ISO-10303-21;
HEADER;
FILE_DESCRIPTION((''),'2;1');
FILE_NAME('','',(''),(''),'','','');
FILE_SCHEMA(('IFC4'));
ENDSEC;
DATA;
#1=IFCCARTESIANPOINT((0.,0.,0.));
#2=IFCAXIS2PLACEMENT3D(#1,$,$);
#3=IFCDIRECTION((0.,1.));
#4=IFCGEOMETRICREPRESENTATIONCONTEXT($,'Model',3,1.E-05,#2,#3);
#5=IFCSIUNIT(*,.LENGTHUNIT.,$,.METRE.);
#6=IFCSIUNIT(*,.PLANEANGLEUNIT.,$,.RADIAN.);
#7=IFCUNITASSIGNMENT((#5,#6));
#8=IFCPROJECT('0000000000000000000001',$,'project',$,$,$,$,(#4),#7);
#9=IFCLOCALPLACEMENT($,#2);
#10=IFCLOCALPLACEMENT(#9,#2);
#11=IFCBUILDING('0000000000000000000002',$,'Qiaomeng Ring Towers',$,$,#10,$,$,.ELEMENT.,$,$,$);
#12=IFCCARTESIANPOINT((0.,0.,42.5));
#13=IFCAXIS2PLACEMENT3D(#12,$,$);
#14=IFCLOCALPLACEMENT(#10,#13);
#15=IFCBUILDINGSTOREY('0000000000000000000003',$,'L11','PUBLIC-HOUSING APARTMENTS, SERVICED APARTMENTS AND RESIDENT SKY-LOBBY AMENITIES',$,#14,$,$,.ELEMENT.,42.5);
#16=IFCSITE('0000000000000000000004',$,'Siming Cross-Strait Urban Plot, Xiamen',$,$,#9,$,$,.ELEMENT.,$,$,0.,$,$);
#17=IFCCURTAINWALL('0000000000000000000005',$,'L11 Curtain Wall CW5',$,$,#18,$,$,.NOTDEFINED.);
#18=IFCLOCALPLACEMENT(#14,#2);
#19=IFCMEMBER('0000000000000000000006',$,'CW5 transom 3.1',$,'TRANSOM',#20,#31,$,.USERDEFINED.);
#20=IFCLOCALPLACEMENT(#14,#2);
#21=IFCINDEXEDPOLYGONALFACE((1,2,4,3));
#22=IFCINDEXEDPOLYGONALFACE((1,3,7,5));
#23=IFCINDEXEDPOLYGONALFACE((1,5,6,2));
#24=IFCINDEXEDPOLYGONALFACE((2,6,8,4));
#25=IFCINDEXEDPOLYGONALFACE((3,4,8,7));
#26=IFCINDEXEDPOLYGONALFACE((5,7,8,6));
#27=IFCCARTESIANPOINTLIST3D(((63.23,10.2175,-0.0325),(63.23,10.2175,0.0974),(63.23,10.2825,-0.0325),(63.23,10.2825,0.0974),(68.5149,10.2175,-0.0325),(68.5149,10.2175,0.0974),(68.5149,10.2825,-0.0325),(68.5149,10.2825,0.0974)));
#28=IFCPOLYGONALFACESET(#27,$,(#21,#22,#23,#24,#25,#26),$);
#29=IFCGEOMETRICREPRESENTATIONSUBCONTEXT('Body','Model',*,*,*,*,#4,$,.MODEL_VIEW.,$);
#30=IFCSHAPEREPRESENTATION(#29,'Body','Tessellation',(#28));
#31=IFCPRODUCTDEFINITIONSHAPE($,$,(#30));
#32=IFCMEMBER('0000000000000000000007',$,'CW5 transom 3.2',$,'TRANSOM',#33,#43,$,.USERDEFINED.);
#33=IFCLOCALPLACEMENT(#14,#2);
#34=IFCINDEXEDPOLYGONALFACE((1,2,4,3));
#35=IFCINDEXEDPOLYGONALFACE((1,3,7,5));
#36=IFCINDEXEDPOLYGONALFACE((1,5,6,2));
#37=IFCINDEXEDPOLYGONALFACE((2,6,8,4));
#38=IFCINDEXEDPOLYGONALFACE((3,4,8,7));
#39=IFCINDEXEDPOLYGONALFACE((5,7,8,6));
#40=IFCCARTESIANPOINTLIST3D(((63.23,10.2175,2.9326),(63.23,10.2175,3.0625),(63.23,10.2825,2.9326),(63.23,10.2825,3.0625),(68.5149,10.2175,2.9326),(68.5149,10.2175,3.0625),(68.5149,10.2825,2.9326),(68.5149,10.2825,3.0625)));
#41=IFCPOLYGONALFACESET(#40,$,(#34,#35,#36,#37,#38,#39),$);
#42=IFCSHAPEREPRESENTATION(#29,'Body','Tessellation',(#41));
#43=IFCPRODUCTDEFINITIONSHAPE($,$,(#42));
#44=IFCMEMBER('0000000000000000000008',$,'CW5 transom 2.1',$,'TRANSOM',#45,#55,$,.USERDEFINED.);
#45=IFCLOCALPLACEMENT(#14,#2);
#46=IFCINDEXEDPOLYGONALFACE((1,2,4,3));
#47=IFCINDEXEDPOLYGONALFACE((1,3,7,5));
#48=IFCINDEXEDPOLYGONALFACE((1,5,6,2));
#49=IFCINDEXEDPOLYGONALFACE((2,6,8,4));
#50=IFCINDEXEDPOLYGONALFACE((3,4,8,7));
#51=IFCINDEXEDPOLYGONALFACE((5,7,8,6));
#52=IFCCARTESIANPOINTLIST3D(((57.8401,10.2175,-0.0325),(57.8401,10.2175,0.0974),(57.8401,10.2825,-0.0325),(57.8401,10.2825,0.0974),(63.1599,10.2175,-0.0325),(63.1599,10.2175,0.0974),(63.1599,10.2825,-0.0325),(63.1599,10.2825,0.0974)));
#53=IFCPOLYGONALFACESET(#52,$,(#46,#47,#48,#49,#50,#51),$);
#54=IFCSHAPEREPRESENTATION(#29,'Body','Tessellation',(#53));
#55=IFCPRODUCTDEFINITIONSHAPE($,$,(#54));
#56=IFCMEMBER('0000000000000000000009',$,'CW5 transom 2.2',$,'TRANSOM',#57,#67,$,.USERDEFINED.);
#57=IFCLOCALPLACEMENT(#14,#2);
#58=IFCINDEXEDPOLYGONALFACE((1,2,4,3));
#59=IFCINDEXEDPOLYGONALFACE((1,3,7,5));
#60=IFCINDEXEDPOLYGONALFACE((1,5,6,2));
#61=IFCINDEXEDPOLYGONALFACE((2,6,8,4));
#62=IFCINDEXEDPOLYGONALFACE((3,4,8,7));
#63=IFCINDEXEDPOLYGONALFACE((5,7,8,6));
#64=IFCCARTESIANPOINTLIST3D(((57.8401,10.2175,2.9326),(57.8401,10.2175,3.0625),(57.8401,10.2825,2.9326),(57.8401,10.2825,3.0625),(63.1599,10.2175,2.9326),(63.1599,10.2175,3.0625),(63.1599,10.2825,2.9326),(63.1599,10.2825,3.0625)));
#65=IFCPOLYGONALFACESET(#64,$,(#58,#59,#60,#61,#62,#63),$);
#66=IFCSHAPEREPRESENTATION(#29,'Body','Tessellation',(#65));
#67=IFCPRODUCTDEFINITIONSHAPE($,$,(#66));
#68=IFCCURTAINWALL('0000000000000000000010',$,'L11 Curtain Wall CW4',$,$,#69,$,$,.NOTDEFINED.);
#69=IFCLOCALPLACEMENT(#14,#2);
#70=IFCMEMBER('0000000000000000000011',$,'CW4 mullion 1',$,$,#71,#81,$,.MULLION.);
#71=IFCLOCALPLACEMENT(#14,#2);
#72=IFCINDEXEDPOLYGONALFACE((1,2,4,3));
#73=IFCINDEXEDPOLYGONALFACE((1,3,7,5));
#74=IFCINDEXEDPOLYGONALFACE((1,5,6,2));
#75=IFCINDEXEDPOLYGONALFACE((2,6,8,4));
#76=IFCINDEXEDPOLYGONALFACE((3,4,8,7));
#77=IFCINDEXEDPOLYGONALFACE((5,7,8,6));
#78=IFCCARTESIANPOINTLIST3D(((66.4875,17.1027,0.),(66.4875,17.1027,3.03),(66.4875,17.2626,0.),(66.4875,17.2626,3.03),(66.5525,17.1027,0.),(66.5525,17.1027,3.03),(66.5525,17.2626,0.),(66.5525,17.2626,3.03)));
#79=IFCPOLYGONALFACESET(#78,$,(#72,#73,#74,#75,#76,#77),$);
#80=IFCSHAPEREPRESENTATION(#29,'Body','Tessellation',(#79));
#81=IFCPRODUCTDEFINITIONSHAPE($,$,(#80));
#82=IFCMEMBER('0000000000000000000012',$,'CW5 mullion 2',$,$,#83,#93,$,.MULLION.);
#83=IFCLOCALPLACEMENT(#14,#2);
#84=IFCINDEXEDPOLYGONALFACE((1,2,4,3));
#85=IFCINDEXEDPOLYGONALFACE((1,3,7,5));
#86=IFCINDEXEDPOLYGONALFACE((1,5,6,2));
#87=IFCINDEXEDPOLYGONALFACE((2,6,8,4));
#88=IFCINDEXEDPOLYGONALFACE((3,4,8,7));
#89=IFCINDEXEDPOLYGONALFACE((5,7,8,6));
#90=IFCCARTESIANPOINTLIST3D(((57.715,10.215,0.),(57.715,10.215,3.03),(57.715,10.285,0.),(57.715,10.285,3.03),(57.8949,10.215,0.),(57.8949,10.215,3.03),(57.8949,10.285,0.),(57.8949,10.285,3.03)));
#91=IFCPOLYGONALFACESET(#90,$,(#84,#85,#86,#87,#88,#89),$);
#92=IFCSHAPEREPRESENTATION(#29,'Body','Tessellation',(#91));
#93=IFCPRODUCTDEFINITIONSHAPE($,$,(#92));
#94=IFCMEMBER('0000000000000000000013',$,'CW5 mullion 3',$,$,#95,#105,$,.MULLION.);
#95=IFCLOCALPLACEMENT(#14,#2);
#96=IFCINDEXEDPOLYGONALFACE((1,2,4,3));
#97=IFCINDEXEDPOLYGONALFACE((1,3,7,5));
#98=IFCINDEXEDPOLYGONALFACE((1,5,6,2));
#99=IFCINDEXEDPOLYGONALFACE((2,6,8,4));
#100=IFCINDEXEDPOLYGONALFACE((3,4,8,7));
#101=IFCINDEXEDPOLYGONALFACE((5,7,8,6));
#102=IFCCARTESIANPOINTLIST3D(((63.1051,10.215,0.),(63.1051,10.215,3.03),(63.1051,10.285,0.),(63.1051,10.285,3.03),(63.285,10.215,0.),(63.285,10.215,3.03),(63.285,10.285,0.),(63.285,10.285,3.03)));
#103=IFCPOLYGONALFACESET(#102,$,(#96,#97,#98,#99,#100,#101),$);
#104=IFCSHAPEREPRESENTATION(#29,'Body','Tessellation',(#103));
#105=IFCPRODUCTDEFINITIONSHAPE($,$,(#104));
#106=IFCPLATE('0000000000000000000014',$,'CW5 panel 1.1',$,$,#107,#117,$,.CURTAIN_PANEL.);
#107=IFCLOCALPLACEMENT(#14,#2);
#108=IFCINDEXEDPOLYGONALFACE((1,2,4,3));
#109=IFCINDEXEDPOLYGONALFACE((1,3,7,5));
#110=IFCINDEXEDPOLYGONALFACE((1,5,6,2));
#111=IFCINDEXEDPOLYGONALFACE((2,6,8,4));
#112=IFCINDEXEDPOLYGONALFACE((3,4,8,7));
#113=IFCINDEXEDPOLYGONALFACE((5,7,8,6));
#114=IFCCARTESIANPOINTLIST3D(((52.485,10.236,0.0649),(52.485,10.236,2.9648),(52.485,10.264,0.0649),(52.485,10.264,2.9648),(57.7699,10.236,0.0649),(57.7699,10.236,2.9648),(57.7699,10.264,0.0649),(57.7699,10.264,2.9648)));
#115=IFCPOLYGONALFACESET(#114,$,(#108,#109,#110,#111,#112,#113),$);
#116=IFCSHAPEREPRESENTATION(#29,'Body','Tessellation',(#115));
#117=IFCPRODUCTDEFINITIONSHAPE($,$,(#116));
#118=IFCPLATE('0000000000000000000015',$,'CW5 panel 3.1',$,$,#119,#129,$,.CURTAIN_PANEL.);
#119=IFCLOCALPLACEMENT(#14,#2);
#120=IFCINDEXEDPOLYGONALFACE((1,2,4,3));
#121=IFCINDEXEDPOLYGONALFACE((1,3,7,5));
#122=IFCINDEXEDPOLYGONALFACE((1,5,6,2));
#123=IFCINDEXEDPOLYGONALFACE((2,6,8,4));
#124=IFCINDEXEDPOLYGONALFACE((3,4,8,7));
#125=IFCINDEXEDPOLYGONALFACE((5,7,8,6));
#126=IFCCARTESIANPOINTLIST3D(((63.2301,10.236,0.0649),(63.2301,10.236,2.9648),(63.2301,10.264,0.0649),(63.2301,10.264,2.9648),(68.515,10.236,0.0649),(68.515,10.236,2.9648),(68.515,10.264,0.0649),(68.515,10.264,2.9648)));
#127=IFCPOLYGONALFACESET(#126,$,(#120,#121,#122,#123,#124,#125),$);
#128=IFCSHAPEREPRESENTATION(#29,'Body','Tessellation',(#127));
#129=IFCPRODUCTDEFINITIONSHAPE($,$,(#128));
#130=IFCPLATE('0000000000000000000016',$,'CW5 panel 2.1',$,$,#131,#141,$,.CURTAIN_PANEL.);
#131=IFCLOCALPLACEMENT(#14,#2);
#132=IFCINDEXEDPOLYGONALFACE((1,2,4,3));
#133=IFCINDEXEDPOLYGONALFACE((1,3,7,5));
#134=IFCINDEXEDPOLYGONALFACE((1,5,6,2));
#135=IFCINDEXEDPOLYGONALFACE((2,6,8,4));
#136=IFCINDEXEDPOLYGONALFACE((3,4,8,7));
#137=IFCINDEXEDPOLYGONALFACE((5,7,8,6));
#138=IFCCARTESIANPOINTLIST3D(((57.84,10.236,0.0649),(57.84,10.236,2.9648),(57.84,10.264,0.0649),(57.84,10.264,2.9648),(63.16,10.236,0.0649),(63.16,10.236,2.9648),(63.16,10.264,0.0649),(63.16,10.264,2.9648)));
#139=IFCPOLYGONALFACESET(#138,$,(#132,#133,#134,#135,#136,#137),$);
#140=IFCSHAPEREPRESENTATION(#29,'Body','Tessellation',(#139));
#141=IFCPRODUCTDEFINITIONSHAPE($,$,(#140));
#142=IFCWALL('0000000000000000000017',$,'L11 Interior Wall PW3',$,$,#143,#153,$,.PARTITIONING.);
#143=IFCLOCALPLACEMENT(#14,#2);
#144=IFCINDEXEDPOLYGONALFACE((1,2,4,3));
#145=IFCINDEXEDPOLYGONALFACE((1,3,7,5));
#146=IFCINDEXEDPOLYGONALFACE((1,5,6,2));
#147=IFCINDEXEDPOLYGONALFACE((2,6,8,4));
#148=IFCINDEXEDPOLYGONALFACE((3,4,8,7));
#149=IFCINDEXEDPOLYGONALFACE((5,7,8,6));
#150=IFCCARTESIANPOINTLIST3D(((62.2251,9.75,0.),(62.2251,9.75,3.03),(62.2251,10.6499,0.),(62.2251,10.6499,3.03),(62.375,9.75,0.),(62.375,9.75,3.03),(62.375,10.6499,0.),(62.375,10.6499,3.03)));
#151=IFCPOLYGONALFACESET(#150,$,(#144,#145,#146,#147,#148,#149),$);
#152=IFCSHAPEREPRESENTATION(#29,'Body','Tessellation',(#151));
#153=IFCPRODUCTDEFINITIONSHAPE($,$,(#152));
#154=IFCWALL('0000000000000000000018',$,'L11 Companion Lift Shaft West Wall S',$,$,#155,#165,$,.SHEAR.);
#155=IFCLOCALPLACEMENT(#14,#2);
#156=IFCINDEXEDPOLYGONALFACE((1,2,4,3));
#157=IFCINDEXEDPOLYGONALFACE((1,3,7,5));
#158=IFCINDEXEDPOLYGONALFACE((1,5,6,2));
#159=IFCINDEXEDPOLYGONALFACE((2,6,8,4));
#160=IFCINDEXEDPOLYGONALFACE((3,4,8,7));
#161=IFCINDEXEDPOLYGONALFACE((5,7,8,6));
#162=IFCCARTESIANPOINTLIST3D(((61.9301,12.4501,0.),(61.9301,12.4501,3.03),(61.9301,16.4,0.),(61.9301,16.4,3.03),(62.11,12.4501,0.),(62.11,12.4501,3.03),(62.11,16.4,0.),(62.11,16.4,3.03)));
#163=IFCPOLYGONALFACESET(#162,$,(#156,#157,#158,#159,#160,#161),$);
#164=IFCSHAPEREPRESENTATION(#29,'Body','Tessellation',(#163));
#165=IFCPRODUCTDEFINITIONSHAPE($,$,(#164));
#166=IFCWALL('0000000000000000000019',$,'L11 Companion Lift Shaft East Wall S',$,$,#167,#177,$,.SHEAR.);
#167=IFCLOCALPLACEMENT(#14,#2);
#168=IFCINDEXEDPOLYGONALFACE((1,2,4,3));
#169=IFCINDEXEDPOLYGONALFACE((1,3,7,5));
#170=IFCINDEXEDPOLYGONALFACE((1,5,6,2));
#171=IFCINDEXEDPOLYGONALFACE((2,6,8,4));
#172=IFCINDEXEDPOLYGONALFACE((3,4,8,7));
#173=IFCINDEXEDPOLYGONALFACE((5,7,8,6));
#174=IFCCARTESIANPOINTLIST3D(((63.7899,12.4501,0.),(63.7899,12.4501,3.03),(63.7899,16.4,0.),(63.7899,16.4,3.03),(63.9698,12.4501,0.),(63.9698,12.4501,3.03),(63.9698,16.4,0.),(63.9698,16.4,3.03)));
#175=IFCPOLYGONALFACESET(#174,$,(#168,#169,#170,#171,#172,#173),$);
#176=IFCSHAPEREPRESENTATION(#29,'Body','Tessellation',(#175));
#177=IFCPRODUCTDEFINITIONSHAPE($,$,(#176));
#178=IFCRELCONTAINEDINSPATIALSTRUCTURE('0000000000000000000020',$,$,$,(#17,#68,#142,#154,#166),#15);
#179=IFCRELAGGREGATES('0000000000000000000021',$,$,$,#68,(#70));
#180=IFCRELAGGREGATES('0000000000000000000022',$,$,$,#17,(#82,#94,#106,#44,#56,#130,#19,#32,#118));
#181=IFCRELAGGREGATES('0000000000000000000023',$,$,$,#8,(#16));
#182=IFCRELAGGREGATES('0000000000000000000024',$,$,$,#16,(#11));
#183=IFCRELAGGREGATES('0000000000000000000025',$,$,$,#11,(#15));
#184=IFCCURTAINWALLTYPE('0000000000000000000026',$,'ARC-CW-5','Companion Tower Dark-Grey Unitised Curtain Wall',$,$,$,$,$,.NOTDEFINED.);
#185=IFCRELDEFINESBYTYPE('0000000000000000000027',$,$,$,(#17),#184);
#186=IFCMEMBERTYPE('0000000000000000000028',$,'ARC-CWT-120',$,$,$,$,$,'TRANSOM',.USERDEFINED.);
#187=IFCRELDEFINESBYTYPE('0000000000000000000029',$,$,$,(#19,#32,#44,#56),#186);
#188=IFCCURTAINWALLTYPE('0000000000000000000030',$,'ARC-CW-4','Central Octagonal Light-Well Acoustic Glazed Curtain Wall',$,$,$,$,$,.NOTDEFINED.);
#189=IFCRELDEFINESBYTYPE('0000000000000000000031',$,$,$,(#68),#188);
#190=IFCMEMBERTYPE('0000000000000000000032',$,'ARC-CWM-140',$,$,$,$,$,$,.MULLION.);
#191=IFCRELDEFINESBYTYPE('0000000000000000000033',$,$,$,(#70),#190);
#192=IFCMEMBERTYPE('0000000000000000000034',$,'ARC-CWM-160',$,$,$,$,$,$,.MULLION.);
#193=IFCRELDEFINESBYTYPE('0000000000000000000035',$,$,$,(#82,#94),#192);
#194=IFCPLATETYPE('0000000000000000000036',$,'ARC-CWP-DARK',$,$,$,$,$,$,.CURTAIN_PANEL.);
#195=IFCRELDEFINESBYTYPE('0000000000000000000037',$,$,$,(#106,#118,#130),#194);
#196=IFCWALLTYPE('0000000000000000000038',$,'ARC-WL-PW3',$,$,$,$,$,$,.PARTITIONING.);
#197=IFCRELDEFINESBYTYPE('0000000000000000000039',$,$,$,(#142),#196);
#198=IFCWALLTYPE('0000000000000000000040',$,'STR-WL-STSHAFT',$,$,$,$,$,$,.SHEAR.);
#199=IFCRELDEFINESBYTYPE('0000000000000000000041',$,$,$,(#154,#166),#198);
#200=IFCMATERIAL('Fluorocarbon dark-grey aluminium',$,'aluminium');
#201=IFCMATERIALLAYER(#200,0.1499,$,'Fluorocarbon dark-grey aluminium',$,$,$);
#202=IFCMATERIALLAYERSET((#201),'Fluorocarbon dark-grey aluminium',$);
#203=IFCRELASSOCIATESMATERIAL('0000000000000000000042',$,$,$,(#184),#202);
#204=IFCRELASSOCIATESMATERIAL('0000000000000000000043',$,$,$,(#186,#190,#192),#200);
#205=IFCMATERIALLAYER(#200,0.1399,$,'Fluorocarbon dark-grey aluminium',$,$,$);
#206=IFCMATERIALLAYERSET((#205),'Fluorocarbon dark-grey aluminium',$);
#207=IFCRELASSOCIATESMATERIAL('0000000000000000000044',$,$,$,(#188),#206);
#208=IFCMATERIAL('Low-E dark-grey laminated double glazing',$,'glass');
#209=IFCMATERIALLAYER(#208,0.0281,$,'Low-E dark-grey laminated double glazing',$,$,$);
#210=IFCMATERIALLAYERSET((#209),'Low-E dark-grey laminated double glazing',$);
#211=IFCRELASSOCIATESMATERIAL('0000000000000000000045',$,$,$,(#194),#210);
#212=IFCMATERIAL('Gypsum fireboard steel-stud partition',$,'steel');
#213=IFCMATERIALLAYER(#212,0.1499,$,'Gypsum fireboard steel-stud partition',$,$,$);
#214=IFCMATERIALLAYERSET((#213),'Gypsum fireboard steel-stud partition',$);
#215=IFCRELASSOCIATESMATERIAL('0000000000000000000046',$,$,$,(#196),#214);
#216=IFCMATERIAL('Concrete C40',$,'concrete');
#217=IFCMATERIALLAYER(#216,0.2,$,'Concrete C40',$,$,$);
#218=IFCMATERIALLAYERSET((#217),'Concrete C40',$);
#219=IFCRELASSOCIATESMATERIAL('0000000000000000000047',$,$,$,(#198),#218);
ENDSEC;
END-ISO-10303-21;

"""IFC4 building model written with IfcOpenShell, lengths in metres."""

from ifc_helpers import new_model, si_unit, direction, frame, frame_2d, origin, origin_2d, place, context, subcontext, project, spatial, rectangle, extrude, source, transform, mapped, material, layer, layer_set, material_profile, profile_set, type_object, element, aggregate, save


model = new_model("IFC4")

# Units and contexts
model_context = context("Model", 3, precision=1e-05, world=origin(), true_north=direction((0.0, 1.0)))
body_context = subcontext(model_context, "Body", "Model", "MODEL_VIEW")
ifc_project = project(units=[si_unit("LENGTHUNIT", "METRE"), si_unit("PLANEANGLEUNIT", "RADIAN")], contexts=[model_context])

# Site, building, storey
site_placement = place(None, origin())
site = spatial("IfcSite", under=ifc_project, at=site_placement, Name="Siming Cross-Strait Urban Plot, Xiamen", CompositionType="ELEMENT", RefElevation=0.0)
building_placement = place(site_placement, origin())
building = spatial("IfcBuilding", under=site, at=building_placement, Name="Qiaomeng Ring Towers", CompositionType="ELEMENT")
storey_placement = place(building_placement, frame((0.0, 0.0, 42.5)))
storey = spatial("IfcBuildingStorey", under=building, at=storey_placement, Name="L11", Description="PUBLIC-HOUSING APARTMENTS, SERVICED APARTMENTS AND RESIDENT SKY-LOBBY AMENITIES", CompositionType="ELEMENT", Elevation=42.5)

# Curtain wall, members
ifc_material_1 = material(Name="Fluorocarbon dark-grey aluminium", Category="aluminium")
ifc_layer_1 = layer(ifc_material_1, 0.1499, Name="Fluorocarbon dark-grey aluminium")
ifc_layer_set_1 = layer_set([ifc_layer_1], Name="Fluorocarbon dark-grey aluminium")
curtain_wall_type_1 = type_object("IfcCurtainWallType", Name="ARC-CW-5", Description="Companion Tower Dark-Grey Unitised Curtain Wall", PredefinedType="NOTDEFINED", material=ifc_layer_set_1)
curtain_wall_1_placement = place(storey_placement, origin())
curtain_wall_1 = element("IfcCurtainWall", 1, at=curtain_wall_1_placement, inside=storey, type_object=curtain_wall_type_1, Name="L11 Curtain Wall CW5", PredefinedType="NOTDEFINED")
ifc_material_profile_1 = material_profile(ifc_material_1, rectangle(XDim=0.0649, YDim=0.1299, at=origin_2d()), Name="ALU TRAN 65x130")
ifc_profile_set_1 = profile_set([ifc_material_profile_1], Name="Fluorocarbon dark-grey aluminium")
member_type_1 = type_object("IfcMemberType", Name="ARC-CWT-120", ElementType="TRANSOM", PredefinedType="USERDEFINED", material=ifc_profile_set_1)
shared_shape_1 = source(origin(), body_context, "Body", "SweptSolid", [
    extrude(rectangle(XDim=0.0649, YDim=0.1299, at=origin_2d()), origin(), (0.0, 0.0, 1.0), 5.2849),
])
member_1_placement = place(storey_placement, frame((63.23, 10.25, 0.0325), z_axis=(1.0, 0.0, 0.0), x_axis=(0.0, 1.0, 0.0)))
member_1 = element("IfcMember", 2, at=member_1_placement, type_object=member_type_1, Name="CW5 transom 3.1", ObjectType="TRANSOM", PredefinedType="USERDEFINED", context=body_context, shape_type="MappedRepresentation", body=[
    mapped(shared_shape_1, transform((0.0, 0.0, 0.0), x_axis=(1.0, 0.0, 0.0), y_axis=(0.0, 1.0, 0.0), z_axis=(0.0, 0.0, 1.0), scale=1.0)),
])
member_2_placement = place(storey_placement, frame((63.23, 10.25, 2.9976), z_axis=(1.0, 0.0, 0.0), x_axis=(0.0, 1.0, 0.0)))
member_2 = element("IfcMember", 3, at=member_2_placement, type_object=member_type_1, Name="CW5 transom 3.2", ObjectType="TRANSOM", PredefinedType="USERDEFINED", context=body_context, shape_type="MappedRepresentation", body=[
    mapped(shared_shape_1, transform((0.0, 0.0, 0.0), x_axis=(1.0, 0.0, 0.0), y_axis=(0.0, 1.0, 0.0), z_axis=(0.0, 0.0, 1.0), scale=1.0)),
])
shared_shape_2 = source(origin(), body_context, "Body", "SweptSolid", [
    extrude(rectangle(XDim=0.0649, YDim=0.1299, at=origin_2d()), origin(), (0.0, 0.0, 1.0), 5.3198),
])
member_3_placement = place(storey_placement, frame((57.8401, 10.25, 0.0325), z_axis=(1.0, 0.0, 0.0), x_axis=(0.0, 1.0, 0.0)))
member_3 = element("IfcMember", 4, at=member_3_placement, type_object=member_type_1, Name="CW5 transom 2.1", ObjectType="TRANSOM", PredefinedType="USERDEFINED", context=body_context, shape_type="MappedRepresentation", body=[
    mapped(shared_shape_2, transform((0.0, 0.0, 0.0), x_axis=(1.0, 0.0, 0.0), y_axis=(0.0, 1.0, 0.0), z_axis=(0.0, 0.0, 1.0), scale=1.0)),
])
member_4_placement = place(storey_placement, frame((57.8401, 10.25, 2.9976), z_axis=(1.0, 0.0, 0.0), x_axis=(0.0, 1.0, 0.0)))
member_4 = element("IfcMember", 5, at=member_4_placement, type_object=member_type_1, Name="CW5 transom 2.2", ObjectType="TRANSOM", PredefinedType="USERDEFINED", context=body_context, shape_type="MappedRepresentation", body=[
    mapped(shared_shape_2, transform((0.0, 0.0, 0.0), x_axis=(1.0, 0.0, 0.0), y_axis=(0.0, 1.0, 0.0), z_axis=(0.0, 0.0, 1.0), scale=1.0)),
])

# Curtain wall, member
ifc_layer_2 = layer(ifc_material_1, 0.1399, Name="Fluorocarbon dark-grey aluminium")
ifc_layer_set_2 = layer_set([ifc_layer_2], Name="Fluorocarbon dark-grey aluminium")
curtain_wall_type_2 = type_object("IfcCurtainWallType", Name="ARC-CW-4", Description="Central Octagonal Light-Well Acoustic Glazed Curtain Wall", PredefinedType="NOTDEFINED", material=ifc_layer_set_2)
curtain_wall_2_placement = place(storey_placement, origin())
curtain_wall_2 = element("IfcCurtainWall", 6, at=curtain_wall_2_placement, inside=storey, type_object=curtain_wall_type_2, Name="L11 Curtain Wall CW4", PredefinedType="NOTDEFINED")
ifc_material_profile_2 = material_profile(ifc_material_1, rectangle(XDim=0.0649, YDim=0.1599, at=origin_2d()), Name="ALU MULL 65x160")
ifc_profile_set_2 = profile_set([ifc_material_profile_2], Name="Fluorocarbon dark-grey aluminium")
member_type_2 = type_object("IfcMemberType", Name="ARC-CWM-140", PredefinedType="MULLION", material=ifc_profile_set_2)
shared_shape_3 = source(origin(), body_context, "Body", "SweptSolid", [
    extrude(rectangle(XDim=0.0649, YDim=0.1599, at=origin_2d()), origin(), (0.0, 0.0, 1.0), 3.03),
])
member_5_placement = place(storey_placement, frame((66.52, 17.1826, 0.0), z_axis=(0.0, 0.0, 1.0), x_axis=(-1.0, 0.0, 0.0)))
member_5 = element("IfcMember", 7, at=member_5_placement, type_object=member_type_2, Name="CW4 mullion 1", PredefinedType="MULLION", context=body_context, shape_type="MappedRepresentation", body=[
    mapped(shared_shape_3, transform((0.0, 0.0, 0.0), x_axis=(1.0, 0.0, 0.0), y_axis=(0.0, 1.0, 0.0), z_axis=(0.0, 0.0, 1.0), scale=1.0)),
])
aggregate(curtain_wall_2, [member_5])

# Members
ifc_material_profile_3 = material_profile(ifc_material_1, rectangle(XDim=0.0701, YDim=0.1799, at=origin_2d()), Name="ALU MULL 70x180")
ifc_profile_set_3 = profile_set([ifc_material_profile_3], Name="Fluorocarbon dark-grey aluminium")
member_type_3 = type_object("IfcMemberType", Name="ARC-CWM-160", PredefinedType="MULLION", material=ifc_profile_set_3)
shared_shape_4 = source(origin(), body_context, "Body", "SweptSolid", [
    extrude(rectangle(XDim=0.0701, YDim=0.1799, at=origin_2d()), origin(), (0.0, 0.0, 1.0), 3.03),
])
member_6_placement = place(storey_placement, frame((57.8049, 10.25, 0.0), z_axis=(0.0, 0.0, 1.0), x_axis=(0.0, 1.0, 0.0)))
member_6 = element("IfcMember", 8, at=member_6_placement, type_object=member_type_3, Name="CW5 mullion 2", PredefinedType="MULLION", context=body_context, shape_type="MappedRepresentation", body=[
    mapped(shared_shape_4, transform((0.0, 0.0, 0.0), x_axis=(1.0, 0.0, 0.0), y_axis=(0.0, 1.0, 0.0), z_axis=(0.0, 0.0, 1.0), scale=1.0)),
])
member_7_placement = place(storey_placement, frame((63.1951, 10.25, 0.0), z_axis=(0.0, 0.0, 1.0), x_axis=(0.0, 1.0, 0.0)))
member_7 = element("IfcMember", 9, at=member_7_placement, type_object=member_type_3, Name="CW5 mullion 3", PredefinedType="MULLION", context=body_context, shape_type="MappedRepresentation", body=[
    mapped(shared_shape_4, transform((0.0, 0.0, 0.0), x_axis=(1.0, 0.0, 0.0), y_axis=(0.0, 1.0, 0.0), z_axis=(0.0, 0.0, 1.0), scale=1.0)),
])

# Plates
ifc_material_2 = material(Name="Low-E dark-grey laminated double glazing", Category="glass")
ifc_layer_3 = layer(ifc_material_2, 0.0281, Name="Low-E dark-grey laminated double glazing")
ifc_layer_set_3 = layer_set([ifc_layer_3], Name="Low-E dark-grey laminated double glazing")
plate_type = type_object("IfcPlateType", Name="ARC-CWP-DARK", PredefinedType="CURTAIN_PANEL", material=ifc_layer_set_3)
shared_shape_5 = source(origin(), body_context, "Body", "SweptSolid", [
    extrude(rectangle(XDim=5.2849, YDim=0.0281, at=origin_2d()), origin(), (0.0, 0.0, 1.0), 2.8999),
])
plate_1_placement = place(storey_placement, frame((55.1274, 10.25, 0.0649), z_axis=(0.0, 0.0, 1.0), x_axis=(1.0, 0.0, 0.0)))
plate_1 = element("IfcPlate", 10, at=plate_1_placement, type_object=plate_type, Name="CW5 panel 1.1", PredefinedType="CURTAIN_PANEL", context=body_context, shape_type="MappedRepresentation", body=[
    mapped(shared_shape_5, transform((0.0, 0.0, 0.0), x_axis=(1.0, 0.0, 0.0), y_axis=(0.0, 1.0, 0.0), z_axis=(0.0, 0.0, 1.0), scale=1.0)),
])
plate_2_placement = place(storey_placement, frame((65.8726, 10.25, 0.0649), z_axis=(0.0, 0.0, 1.0), x_axis=(1.0, 0.0, 0.0)))
plate_2 = element("IfcPlate", 11, at=plate_2_placement, type_object=plate_type, Name="CW5 panel 3.1", PredefinedType="CURTAIN_PANEL", context=body_context, shape_type="MappedRepresentation", body=[
    mapped(shared_shape_5, transform((0.0, 0.0, 0.0), x_axis=(1.0, 0.0, 0.0), y_axis=(0.0, 1.0, 0.0), z_axis=(0.0, 0.0, 1.0), scale=1.0)),
])
shared_shape_6 = source(origin(), body_context, "Body", "SweptSolid", [
    extrude(rectangle(XDim=5.3201, YDim=0.0281, at=origin_2d()), origin(), (0.0, 0.0, 1.0), 2.8999),
])
plate_3_placement = place(storey_placement, frame((60.5, 10.25, 0.0649), z_axis=(0.0, 0.0, 1.0), x_axis=(1.0, 0.0, 0.0)))
plate_3 = element("IfcPlate", 12, at=plate_3_placement, type_object=plate_type, Name="CW5 panel 2.1", PredefinedType="CURTAIN_PANEL", context=body_context, shape_type="MappedRepresentation", body=[
    mapped(shared_shape_6, transform((0.0, 0.0, 0.0), x_axis=(1.0, 0.0, 0.0), y_axis=(0.0, 1.0, 0.0), z_axis=(0.0, 0.0, 1.0), scale=1.0)),
])
aggregate(curtain_wall_1, [member_6, member_7, plate_1, member_3, member_4, plate_3, member_1, member_2, plate_2])

# Walls
ifc_material_3 = material(Name="Gypsum fireboard steel-stud partition", Category="steel")
ifc_layer_4 = layer(ifc_material_3, 0.1499, Name="Gypsum fireboard steel-stud partition")
ifc_layer_set_4 = layer_set([ifc_layer_4], Name="Gypsum fireboard steel-stud partition")
wall_type_1 = type_object("IfcWallType", Name="ARC-WL-PW3", PredefinedType="PARTITIONING", material=ifc_layer_set_4)
wall_1_placement = place(storey_placement, frame((62.3, 9.75, 0.0), z_axis=(0.0, 0.0, 1.0), x_axis=(0.0, 1.0, 0.0)))
element("IfcWall", 13, at=wall_1_placement, inside=storey, type_object=wall_type_1, Name="L11 Interior Wall PW3", PredefinedType="PARTITIONING", context=body_context, shape_type="SweptSolid", body=[
    extrude(rectangle(XDim=0.8999, YDim=0.1499, at=frame_2d((0.45, 0.0))), origin(), (0.0, 0.0, 1.0), 3.03),
])
ifc_material_4 = material(Name="Concrete C40", Category="concrete")
ifc_layer_5 = layer(ifc_material_4, 0.2, Name="Concrete C40")
ifc_layer_set_5 = layer_set([ifc_layer_5], Name="Concrete C40")
wall_type_2 = type_object("IfcWallType", Name="STR-WL-STSHAFT", PredefinedType="SHEAR", material=ifc_layer_set_5)
for number, where, z_axis, x_axis, name in (
    (14, (62.02, 12.45, 0.0), (0.0, 0.0, 1.0), (0.0, 1.0, 0.0), "L11 Companion Lift Shaft West Wall S"),
    (15, (63.8799, 12.45, 0.0), (0.0, 0.0, 1.0), (0.0, 1.0, 0.0), "L11 Companion Lift Shaft East Wall S"),
):
    element("IfcWall", number, at=place(storey_placement, frame(where, z_axis=z_axis, x_axis=x_axis)), inside=storey, type_object=wall_type_2, Name=name, PredefinedType="SHEAR", context=body_context, shape_type="SweptSolid", body=[
        extrude(rectangle(XDim=3.95, YDim=0.1799, at=frame_2d((1.9751, 0.0))), origin(), (0.0, 0.0, 1.0), 3.03),
    ])

save(model, "model.ifc")
